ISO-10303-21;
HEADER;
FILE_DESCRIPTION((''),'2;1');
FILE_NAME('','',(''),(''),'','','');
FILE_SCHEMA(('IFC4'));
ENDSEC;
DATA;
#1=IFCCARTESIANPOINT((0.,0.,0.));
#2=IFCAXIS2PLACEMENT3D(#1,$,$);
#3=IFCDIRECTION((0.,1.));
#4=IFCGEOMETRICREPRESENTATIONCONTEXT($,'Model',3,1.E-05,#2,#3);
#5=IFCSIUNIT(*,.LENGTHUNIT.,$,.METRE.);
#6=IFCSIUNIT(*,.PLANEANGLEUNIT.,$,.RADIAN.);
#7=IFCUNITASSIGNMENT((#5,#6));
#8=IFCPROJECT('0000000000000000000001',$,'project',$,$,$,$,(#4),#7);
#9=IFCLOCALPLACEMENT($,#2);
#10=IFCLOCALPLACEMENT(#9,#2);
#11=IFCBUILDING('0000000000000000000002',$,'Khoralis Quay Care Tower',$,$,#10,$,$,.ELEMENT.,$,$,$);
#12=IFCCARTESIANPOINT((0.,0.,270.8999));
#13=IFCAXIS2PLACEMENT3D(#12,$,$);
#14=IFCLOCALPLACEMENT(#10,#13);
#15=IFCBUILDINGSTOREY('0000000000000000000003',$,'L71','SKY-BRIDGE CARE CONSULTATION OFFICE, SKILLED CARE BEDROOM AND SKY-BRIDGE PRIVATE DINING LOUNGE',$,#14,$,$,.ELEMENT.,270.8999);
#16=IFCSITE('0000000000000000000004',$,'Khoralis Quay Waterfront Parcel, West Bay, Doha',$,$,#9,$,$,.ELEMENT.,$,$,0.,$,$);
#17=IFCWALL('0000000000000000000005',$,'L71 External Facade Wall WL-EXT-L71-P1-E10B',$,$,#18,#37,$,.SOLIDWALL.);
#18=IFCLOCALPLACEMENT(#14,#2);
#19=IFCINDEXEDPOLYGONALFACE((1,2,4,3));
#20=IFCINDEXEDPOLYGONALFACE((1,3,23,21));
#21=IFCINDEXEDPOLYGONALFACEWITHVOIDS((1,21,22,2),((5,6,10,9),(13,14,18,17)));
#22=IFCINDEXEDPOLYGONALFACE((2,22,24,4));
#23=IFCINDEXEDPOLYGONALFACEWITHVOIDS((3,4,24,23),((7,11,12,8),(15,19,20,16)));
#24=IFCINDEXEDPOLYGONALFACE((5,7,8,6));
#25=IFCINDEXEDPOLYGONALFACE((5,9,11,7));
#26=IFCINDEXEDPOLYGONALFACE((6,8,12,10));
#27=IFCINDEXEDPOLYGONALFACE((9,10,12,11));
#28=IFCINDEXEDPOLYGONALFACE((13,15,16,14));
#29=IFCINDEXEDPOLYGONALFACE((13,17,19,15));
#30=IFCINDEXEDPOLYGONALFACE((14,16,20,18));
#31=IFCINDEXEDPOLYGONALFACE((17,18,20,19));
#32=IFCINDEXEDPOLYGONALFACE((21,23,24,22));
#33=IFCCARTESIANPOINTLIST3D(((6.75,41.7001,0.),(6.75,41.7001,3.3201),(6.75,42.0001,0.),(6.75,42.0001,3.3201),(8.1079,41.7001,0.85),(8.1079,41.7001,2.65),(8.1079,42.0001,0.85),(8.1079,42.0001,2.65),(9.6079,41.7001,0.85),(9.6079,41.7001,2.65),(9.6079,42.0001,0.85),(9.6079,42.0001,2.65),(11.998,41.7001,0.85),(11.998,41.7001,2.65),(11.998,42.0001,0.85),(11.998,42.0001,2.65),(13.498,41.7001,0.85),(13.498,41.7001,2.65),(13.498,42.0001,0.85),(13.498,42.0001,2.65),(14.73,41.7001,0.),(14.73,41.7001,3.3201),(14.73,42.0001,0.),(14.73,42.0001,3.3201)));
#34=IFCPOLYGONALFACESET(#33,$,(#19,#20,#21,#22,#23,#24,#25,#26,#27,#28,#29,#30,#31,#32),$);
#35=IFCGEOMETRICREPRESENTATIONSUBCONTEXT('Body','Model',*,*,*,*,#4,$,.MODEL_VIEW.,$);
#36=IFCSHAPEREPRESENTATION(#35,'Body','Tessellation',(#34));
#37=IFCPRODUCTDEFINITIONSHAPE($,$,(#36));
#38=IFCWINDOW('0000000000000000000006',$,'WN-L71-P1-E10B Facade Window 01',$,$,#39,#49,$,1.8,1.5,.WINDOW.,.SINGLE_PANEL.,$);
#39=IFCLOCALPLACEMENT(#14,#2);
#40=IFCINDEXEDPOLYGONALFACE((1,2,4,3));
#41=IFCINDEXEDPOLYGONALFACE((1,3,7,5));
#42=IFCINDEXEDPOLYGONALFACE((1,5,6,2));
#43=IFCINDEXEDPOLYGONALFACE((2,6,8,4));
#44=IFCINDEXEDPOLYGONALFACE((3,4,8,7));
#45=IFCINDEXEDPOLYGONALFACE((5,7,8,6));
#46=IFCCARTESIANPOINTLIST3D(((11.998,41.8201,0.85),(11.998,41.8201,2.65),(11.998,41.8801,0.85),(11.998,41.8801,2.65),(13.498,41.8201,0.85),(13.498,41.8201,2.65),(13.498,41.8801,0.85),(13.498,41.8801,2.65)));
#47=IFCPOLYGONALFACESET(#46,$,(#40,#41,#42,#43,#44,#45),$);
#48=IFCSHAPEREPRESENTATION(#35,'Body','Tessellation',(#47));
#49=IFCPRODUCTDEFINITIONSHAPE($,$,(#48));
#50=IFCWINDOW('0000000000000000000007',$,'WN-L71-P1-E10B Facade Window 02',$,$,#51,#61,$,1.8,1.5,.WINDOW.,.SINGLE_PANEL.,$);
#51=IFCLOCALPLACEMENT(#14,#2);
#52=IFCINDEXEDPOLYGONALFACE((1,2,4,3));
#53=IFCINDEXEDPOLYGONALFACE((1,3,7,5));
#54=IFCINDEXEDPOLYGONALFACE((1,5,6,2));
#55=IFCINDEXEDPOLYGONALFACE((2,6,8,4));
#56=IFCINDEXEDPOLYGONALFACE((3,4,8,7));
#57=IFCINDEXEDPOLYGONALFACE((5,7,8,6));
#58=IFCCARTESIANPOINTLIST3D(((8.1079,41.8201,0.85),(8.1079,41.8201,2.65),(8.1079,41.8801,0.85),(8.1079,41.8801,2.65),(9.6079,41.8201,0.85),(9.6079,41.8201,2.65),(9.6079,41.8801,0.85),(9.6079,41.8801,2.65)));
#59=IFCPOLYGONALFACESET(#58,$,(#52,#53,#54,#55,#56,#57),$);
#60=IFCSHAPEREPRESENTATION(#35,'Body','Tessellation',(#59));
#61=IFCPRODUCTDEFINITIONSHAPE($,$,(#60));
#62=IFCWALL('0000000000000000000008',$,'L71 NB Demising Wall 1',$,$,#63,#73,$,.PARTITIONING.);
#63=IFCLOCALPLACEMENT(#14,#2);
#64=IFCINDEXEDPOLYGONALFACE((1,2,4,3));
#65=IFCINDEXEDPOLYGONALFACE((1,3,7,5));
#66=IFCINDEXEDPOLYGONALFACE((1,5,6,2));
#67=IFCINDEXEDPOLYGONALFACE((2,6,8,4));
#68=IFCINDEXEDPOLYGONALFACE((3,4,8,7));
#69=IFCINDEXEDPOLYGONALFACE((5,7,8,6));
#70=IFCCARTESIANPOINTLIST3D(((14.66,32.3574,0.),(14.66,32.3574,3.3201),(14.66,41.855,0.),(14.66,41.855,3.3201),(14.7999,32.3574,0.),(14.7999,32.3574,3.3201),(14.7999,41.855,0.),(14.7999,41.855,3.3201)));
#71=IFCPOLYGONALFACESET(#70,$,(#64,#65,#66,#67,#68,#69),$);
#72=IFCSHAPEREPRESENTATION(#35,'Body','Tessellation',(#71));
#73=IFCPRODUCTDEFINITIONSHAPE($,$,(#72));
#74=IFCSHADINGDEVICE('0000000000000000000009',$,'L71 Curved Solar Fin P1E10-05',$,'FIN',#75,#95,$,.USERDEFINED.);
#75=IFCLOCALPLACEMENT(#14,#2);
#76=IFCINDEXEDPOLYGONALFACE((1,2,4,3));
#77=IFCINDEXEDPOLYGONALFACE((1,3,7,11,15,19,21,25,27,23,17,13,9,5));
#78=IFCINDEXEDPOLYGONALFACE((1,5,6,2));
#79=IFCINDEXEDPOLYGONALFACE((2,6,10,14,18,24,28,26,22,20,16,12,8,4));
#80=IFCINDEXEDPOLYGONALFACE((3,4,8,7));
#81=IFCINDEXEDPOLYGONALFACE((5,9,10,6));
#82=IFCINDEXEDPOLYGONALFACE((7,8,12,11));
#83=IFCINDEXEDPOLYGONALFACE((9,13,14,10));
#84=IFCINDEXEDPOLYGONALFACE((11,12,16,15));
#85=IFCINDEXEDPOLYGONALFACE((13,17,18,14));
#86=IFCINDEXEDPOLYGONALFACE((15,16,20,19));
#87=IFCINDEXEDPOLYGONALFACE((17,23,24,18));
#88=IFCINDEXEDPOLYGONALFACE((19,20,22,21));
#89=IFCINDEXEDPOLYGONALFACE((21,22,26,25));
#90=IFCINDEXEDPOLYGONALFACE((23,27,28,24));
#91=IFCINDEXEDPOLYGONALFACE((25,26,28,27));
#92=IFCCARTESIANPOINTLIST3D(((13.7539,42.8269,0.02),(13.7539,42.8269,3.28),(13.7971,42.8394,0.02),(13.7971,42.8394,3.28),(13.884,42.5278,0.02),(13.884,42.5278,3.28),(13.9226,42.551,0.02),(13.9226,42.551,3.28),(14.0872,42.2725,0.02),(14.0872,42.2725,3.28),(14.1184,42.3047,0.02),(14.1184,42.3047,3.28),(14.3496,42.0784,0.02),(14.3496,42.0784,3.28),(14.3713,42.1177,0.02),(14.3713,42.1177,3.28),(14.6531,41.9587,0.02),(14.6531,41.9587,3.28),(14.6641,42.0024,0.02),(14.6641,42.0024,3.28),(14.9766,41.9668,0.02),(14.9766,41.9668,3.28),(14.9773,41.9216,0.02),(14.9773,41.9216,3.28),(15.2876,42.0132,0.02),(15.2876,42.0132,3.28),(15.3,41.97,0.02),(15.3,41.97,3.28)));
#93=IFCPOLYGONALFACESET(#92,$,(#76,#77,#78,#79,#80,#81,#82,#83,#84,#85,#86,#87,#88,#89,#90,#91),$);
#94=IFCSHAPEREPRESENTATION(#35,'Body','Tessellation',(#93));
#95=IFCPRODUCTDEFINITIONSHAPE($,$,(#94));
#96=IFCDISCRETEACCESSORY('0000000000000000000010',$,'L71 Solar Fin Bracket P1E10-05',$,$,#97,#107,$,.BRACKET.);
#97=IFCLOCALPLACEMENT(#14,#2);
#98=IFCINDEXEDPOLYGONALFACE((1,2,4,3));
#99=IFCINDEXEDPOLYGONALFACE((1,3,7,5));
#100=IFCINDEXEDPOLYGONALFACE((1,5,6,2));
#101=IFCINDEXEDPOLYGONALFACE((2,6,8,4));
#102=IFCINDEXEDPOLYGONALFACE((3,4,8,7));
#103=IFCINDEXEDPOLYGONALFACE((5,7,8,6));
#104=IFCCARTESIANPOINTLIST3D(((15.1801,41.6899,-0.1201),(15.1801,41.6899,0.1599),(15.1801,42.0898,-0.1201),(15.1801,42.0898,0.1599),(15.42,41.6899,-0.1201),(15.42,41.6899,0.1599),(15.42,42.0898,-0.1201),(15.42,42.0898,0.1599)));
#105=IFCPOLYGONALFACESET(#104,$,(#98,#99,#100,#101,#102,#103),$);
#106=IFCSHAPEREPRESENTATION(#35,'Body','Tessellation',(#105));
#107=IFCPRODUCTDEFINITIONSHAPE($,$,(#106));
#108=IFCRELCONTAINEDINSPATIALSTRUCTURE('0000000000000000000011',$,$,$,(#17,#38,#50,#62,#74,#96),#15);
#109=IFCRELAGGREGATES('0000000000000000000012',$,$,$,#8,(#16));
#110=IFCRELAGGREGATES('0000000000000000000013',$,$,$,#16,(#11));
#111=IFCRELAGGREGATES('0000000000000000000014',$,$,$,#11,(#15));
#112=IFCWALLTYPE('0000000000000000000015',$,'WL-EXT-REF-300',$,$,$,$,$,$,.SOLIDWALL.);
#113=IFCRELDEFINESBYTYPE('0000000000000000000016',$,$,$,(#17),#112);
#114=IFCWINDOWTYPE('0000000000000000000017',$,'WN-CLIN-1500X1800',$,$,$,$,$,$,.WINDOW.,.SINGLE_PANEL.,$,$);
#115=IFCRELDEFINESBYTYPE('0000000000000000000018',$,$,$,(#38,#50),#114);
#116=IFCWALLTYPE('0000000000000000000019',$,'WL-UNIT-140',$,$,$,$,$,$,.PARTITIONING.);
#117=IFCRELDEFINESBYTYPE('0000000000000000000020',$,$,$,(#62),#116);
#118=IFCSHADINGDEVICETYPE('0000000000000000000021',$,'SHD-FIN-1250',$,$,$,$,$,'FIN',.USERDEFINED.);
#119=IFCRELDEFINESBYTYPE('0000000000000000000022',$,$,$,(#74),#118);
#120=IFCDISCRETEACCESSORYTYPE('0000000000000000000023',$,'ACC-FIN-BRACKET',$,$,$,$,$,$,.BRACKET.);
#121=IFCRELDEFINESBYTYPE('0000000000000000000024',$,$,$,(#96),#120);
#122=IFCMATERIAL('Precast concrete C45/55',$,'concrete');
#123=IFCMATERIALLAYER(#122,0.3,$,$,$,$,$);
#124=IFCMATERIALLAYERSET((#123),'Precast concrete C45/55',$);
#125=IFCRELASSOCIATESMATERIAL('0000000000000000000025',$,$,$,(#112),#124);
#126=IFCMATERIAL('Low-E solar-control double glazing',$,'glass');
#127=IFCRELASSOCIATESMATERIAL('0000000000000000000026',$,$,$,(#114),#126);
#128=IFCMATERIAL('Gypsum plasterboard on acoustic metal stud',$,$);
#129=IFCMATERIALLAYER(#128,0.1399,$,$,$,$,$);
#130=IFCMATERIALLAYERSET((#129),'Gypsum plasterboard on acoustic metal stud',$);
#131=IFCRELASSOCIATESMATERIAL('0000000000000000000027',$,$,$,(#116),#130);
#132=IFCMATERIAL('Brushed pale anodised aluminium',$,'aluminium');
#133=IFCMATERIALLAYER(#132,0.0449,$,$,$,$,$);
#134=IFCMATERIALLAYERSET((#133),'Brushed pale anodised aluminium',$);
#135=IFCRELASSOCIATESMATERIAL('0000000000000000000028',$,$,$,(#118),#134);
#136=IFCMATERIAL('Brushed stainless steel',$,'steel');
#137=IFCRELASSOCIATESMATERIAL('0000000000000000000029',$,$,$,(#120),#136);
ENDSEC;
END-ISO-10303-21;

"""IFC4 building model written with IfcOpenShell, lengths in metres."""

from ifc_helpers import new_model, si_unit, direction, frame, frame_2d, origin, origin_2d, place, context, subcontext, project, spatial, polyline, rectangle, outline, extrude, source, transform, mapped, material, layer, layer_set, type_object, element, fill, save


model = new_model("IFC4")

# Units and contexts
model_context = context("Model", 3, precision=1e-05, world=origin(), true_north=direction((0.0, 1.0)))
body_context = subcontext(model_context, "Body", "Model", "MODEL_VIEW")
ifc_project = project(units=[si_unit("LENGTHUNIT", "METRE"), si_unit("PLANEANGLEUNIT", "RADIAN")], contexts=[model_context])

# Site, building, storey
site_placement = place(None, origin())
site = spatial("IfcSite", under=ifc_project, at=site_placement, Name="Khoralis Quay Waterfront Parcel, West Bay, Doha", CompositionType="ELEMENT", RefElevation=0.0)
building_placement = place(site_placement, origin())
building = spatial("IfcBuilding", under=site, at=building_placement, Name="Khoralis Quay Care Tower", CompositionType="ELEMENT")
storey_placement = place(building_placement, frame((0.0, 0.0, 270.8999)))
storey = spatial("IfcBuildingStorey", under=building, at=storey_placement, Name="L71", Description="SKY-BRIDGE CARE CONSULTATION OFFICE, SKILLED CARE BEDROOM AND SKY-BRIDGE PRIVATE DINING LOUNGE", CompositionType="ELEMENT", Elevation=270.8999)

# Shared definitions
ifc_material_1 = material(Name="Low-E solar-control double glazing", Category="glass")

# Wall, openings, windows
ifc_material_2 = material(Name="Precast concrete C45/55", Category="concrete")
ifc_layer_1 = layer(ifc_material_2, 0.3)
ifc_layer_set_1 = layer_set([ifc_layer_1], Name="Precast concrete C45/55")
wall_type_1 = type_object("IfcWallType", Name="WL-EXT-REF-300", PredefinedType="SOLIDWALL", material=ifc_layer_set_1)
wall_1_placement = place(storey_placement, frame((14.73, 41.8501, 0.0), z_axis=(0.0, 0.0, 1.0), x_axis=(-1.0, 0.0, 0.0)))
wall_1 = element("IfcWall", 1, at=wall_1_placement, inside=storey, type_object=wall_type_1, Name="L71 External Facade Wall WL-EXT-L71-P1-E10B", PredefinedType="SOLIDWALL", context=body_context, shape_type="SweptSolid", body=[
    extrude(rectangle(XDim=7.98, YDim=0.3, at=frame_2d((3.99, 0.0))), origin(), (0.0, 0.0, 1.0), 3.3201),
])
opening_1_placement = place(wall_1_placement, frame((1.2319, 0.0, 0.8501)))
opening_1 = element("IfcOpeningElement", 2, at=opening_1_placement, cuts=wall_1, PredefinedType="OPENING", context=body_context, shape_type="SweptSolid", body=[
    extrude(rectangle(XDim=1.5, YDim=1.8, at=frame_2d((0.75, 0.8999))), frame((0.0, 0.1602, 0.0), z_axis=(0.0, -1.0, 0.0), x_axis=(1.0, 0.0, 0.0)), (0.0, 0.0, 1.0), 0.3201),
])
opening_2_placement = place(wall_1_placement, frame((5.1221, 0.0, 0.8501)))
opening_2 = element("IfcOpeningElement", 3, at=opening_2_placement, cuts=wall_1, PredefinedType="OPENING", context=body_context, shape_type="SweptSolid", body=[
    extrude(rectangle(XDim=1.5, YDim=1.8, at=frame_2d((0.75, 0.8999))), frame((0.0, 0.1602, 0.0), z_axis=(0.0, -1.0, 0.0), x_axis=(1.0, 0.0, 0.0)), (0.0, 0.0, 1.0), 0.3201),
])
window_type = type_object("IfcWindowType", Name="WN-CLIN-1500X1800", PartitioningType="SINGLE_PANEL", PredefinedType="WINDOW", material=ifc_material_1)
shared_shape_1 = source(origin(), body_context, "Body", "SweptSolid", [
    extrude(rectangle(XDim=1.5, YDim=1.8, at=frame_2d((0.75, 0.8999))), frame((0.0, 0.03, 0.0), z_axis=(0.0, -1.0, 0.0), x_axis=(1.0, 0.0, 0.0)), (0.0, 0.0, 1.0), 0.0601),
])
window_1_placement = place(opening_1_placement, origin())
window_1 = element("IfcWindow", 4, at=window_1_placement, inside=storey, type_object=window_type, Name="WN-L71-P1-E10B Facade Window 01", OverallHeight=1.8, OverallWidth=1.5, PartitioningType="SINGLE_PANEL", PredefinedType="WINDOW", context=body_context, shape_type="MappedRepresentation", body=[
    mapped(shared_shape_1, transform((0.0, 0.0, 0.0), scale=1.0)),
])
fill(opening_1, window_1)
window_2_placement = place(opening_2_placement, origin())
window_2 = element("IfcWindow", 5, at=window_2_placement, inside=storey, type_object=window_type, Name="WN-L71-P1-E10B Facade Window 02", OverallHeight=1.8, OverallWidth=1.5, PartitioningType="SINGLE_PANEL", PredefinedType="WINDOW", context=body_context, shape_type="MappedRepresentation", body=[
    mapped(shared_shape_1, transform((0.0, 0.0, 0.0), scale=1.0)),
])
fill(opening_2, window_2)

# Wall
ifc_material_3 = material(Name="Gypsum plasterboard on acoustic metal stud")
ifc_layer_2 = layer(ifc_material_3, 0.1399)
ifc_layer_set_2 = layer_set([ifc_layer_2], Name="Gypsum plasterboard on acoustic metal stud")
wall_type_2 = type_object("IfcWallType", Name="WL-UNIT-140", PredefinedType="PARTITIONING", material=ifc_layer_set_2)
wall_2_placement = place(storey_placement, frame((14.73, 32.3574, 0.0), z_axis=(0.0, 0.0, 1.0), x_axis=(0.0, 1.0, 0.0)))
element("IfcWall", 6, at=wall_2_placement, inside=storey, type_object=wall_type_2, Name="L71 NB Demising Wall 1", PredefinedType="PARTITIONING", context=body_context, shape_type="SweptSolid", body=[
    extrude(rectangle(XDim=9.4976, YDim=0.1399, at=frame_2d((4.7488, 0.0))), origin(), (0.0, 0.0, 1.0), 3.3201),
])

# Shading device
ifc_material_4 = material(Name="Brushed pale anodised aluminium", Category="aluminium")
ifc_layer_3 = layer(ifc_material_4, 0.0449)
ifc_layer_set_3 = layer_set([ifc_layer_3], Name="Brushed pale anodised aluminium")
shading_device_type = type_object("IfcShadingDeviceType", Name="SHD-FIN-1250", ElementType="FIN", PredefinedType="USERDEFINED", material=ifc_layer_set_3)
shared_shape_2 = source(origin(), body_context, "Body", "SweptSolid", [
    extrude(outline(polyline([(0.0, 0.0), (-0.0483, 0.3228), (-0.0112, 0.647), (0.1084, 0.9504), (0.3025, 1.2129), (0.5579, 1.416), (0.8569, 1.5461), (0.8694, 1.5029), (0.5811, 1.3774), (0.3347, 1.1816), (0.1477, 0.9287), (0.0325, 0.636), (-0.0032, 0.3235), (0.0432, 0.0125), (0.0, 0.0)])), origin(), (0.0, 0.0, 1.0), 3.26),
])
shading_device_placement = place(storey_placement, frame((15.3, 41.97, 0.02), z_axis=(0.0, 0.0, 1.0), x_axis=(0.0, 1.0, 0.0)))
element("IfcShadingDevice", 7, at=shading_device_placement, inside=storey, type_object=shading_device_type, Name="L71 Curved Solar Fin P1E10-05", ObjectType="FIN", PredefinedType="USERDEFINED", context=body_context, shape_type="MappedRepresentation", body=[
    mapped(shared_shape_2, transform((0.0, 0.0, 0.0), scale=1.0)),
])

# Discrete accessory
ifc_material_5 = material(Name="Brushed stainless steel", Category="steel")
discrete_accessory_type = type_object("IfcDiscreteAccessoryType", Name="ACC-FIN-BRACKET", PredefinedType="BRACKET", material=ifc_material_5)
shared_shape_3 = source(origin(), body_context, "Body", "SweptSolid", [
    extrude(rectangle(XDim=0.3999, YDim=0.24, at=origin_2d()), origin(), (0.0, 0.0, 1.0), 0.28),
])
discrete_accessory_placement = place(storey_placement, frame((15.3, 41.8899, -0.1201), z_axis=(0.0, 0.0, 1.0), x_axis=(0.0, 1.0, 0.0)))
element("IfcDiscreteAccessory", 8, at=discrete_accessory_placement, inside=storey, type_object=discrete_accessory_type, Name="L71 Solar Fin Bracket P1E10-05", PredefinedType="BRACKET", context=body_context, shape_type="MappedRepresentation", body=[
    mapped(shared_shape_3, transform((0.0, 0.0, 0.0), scale=1.0)),
])

save(model, "model.ifc")
